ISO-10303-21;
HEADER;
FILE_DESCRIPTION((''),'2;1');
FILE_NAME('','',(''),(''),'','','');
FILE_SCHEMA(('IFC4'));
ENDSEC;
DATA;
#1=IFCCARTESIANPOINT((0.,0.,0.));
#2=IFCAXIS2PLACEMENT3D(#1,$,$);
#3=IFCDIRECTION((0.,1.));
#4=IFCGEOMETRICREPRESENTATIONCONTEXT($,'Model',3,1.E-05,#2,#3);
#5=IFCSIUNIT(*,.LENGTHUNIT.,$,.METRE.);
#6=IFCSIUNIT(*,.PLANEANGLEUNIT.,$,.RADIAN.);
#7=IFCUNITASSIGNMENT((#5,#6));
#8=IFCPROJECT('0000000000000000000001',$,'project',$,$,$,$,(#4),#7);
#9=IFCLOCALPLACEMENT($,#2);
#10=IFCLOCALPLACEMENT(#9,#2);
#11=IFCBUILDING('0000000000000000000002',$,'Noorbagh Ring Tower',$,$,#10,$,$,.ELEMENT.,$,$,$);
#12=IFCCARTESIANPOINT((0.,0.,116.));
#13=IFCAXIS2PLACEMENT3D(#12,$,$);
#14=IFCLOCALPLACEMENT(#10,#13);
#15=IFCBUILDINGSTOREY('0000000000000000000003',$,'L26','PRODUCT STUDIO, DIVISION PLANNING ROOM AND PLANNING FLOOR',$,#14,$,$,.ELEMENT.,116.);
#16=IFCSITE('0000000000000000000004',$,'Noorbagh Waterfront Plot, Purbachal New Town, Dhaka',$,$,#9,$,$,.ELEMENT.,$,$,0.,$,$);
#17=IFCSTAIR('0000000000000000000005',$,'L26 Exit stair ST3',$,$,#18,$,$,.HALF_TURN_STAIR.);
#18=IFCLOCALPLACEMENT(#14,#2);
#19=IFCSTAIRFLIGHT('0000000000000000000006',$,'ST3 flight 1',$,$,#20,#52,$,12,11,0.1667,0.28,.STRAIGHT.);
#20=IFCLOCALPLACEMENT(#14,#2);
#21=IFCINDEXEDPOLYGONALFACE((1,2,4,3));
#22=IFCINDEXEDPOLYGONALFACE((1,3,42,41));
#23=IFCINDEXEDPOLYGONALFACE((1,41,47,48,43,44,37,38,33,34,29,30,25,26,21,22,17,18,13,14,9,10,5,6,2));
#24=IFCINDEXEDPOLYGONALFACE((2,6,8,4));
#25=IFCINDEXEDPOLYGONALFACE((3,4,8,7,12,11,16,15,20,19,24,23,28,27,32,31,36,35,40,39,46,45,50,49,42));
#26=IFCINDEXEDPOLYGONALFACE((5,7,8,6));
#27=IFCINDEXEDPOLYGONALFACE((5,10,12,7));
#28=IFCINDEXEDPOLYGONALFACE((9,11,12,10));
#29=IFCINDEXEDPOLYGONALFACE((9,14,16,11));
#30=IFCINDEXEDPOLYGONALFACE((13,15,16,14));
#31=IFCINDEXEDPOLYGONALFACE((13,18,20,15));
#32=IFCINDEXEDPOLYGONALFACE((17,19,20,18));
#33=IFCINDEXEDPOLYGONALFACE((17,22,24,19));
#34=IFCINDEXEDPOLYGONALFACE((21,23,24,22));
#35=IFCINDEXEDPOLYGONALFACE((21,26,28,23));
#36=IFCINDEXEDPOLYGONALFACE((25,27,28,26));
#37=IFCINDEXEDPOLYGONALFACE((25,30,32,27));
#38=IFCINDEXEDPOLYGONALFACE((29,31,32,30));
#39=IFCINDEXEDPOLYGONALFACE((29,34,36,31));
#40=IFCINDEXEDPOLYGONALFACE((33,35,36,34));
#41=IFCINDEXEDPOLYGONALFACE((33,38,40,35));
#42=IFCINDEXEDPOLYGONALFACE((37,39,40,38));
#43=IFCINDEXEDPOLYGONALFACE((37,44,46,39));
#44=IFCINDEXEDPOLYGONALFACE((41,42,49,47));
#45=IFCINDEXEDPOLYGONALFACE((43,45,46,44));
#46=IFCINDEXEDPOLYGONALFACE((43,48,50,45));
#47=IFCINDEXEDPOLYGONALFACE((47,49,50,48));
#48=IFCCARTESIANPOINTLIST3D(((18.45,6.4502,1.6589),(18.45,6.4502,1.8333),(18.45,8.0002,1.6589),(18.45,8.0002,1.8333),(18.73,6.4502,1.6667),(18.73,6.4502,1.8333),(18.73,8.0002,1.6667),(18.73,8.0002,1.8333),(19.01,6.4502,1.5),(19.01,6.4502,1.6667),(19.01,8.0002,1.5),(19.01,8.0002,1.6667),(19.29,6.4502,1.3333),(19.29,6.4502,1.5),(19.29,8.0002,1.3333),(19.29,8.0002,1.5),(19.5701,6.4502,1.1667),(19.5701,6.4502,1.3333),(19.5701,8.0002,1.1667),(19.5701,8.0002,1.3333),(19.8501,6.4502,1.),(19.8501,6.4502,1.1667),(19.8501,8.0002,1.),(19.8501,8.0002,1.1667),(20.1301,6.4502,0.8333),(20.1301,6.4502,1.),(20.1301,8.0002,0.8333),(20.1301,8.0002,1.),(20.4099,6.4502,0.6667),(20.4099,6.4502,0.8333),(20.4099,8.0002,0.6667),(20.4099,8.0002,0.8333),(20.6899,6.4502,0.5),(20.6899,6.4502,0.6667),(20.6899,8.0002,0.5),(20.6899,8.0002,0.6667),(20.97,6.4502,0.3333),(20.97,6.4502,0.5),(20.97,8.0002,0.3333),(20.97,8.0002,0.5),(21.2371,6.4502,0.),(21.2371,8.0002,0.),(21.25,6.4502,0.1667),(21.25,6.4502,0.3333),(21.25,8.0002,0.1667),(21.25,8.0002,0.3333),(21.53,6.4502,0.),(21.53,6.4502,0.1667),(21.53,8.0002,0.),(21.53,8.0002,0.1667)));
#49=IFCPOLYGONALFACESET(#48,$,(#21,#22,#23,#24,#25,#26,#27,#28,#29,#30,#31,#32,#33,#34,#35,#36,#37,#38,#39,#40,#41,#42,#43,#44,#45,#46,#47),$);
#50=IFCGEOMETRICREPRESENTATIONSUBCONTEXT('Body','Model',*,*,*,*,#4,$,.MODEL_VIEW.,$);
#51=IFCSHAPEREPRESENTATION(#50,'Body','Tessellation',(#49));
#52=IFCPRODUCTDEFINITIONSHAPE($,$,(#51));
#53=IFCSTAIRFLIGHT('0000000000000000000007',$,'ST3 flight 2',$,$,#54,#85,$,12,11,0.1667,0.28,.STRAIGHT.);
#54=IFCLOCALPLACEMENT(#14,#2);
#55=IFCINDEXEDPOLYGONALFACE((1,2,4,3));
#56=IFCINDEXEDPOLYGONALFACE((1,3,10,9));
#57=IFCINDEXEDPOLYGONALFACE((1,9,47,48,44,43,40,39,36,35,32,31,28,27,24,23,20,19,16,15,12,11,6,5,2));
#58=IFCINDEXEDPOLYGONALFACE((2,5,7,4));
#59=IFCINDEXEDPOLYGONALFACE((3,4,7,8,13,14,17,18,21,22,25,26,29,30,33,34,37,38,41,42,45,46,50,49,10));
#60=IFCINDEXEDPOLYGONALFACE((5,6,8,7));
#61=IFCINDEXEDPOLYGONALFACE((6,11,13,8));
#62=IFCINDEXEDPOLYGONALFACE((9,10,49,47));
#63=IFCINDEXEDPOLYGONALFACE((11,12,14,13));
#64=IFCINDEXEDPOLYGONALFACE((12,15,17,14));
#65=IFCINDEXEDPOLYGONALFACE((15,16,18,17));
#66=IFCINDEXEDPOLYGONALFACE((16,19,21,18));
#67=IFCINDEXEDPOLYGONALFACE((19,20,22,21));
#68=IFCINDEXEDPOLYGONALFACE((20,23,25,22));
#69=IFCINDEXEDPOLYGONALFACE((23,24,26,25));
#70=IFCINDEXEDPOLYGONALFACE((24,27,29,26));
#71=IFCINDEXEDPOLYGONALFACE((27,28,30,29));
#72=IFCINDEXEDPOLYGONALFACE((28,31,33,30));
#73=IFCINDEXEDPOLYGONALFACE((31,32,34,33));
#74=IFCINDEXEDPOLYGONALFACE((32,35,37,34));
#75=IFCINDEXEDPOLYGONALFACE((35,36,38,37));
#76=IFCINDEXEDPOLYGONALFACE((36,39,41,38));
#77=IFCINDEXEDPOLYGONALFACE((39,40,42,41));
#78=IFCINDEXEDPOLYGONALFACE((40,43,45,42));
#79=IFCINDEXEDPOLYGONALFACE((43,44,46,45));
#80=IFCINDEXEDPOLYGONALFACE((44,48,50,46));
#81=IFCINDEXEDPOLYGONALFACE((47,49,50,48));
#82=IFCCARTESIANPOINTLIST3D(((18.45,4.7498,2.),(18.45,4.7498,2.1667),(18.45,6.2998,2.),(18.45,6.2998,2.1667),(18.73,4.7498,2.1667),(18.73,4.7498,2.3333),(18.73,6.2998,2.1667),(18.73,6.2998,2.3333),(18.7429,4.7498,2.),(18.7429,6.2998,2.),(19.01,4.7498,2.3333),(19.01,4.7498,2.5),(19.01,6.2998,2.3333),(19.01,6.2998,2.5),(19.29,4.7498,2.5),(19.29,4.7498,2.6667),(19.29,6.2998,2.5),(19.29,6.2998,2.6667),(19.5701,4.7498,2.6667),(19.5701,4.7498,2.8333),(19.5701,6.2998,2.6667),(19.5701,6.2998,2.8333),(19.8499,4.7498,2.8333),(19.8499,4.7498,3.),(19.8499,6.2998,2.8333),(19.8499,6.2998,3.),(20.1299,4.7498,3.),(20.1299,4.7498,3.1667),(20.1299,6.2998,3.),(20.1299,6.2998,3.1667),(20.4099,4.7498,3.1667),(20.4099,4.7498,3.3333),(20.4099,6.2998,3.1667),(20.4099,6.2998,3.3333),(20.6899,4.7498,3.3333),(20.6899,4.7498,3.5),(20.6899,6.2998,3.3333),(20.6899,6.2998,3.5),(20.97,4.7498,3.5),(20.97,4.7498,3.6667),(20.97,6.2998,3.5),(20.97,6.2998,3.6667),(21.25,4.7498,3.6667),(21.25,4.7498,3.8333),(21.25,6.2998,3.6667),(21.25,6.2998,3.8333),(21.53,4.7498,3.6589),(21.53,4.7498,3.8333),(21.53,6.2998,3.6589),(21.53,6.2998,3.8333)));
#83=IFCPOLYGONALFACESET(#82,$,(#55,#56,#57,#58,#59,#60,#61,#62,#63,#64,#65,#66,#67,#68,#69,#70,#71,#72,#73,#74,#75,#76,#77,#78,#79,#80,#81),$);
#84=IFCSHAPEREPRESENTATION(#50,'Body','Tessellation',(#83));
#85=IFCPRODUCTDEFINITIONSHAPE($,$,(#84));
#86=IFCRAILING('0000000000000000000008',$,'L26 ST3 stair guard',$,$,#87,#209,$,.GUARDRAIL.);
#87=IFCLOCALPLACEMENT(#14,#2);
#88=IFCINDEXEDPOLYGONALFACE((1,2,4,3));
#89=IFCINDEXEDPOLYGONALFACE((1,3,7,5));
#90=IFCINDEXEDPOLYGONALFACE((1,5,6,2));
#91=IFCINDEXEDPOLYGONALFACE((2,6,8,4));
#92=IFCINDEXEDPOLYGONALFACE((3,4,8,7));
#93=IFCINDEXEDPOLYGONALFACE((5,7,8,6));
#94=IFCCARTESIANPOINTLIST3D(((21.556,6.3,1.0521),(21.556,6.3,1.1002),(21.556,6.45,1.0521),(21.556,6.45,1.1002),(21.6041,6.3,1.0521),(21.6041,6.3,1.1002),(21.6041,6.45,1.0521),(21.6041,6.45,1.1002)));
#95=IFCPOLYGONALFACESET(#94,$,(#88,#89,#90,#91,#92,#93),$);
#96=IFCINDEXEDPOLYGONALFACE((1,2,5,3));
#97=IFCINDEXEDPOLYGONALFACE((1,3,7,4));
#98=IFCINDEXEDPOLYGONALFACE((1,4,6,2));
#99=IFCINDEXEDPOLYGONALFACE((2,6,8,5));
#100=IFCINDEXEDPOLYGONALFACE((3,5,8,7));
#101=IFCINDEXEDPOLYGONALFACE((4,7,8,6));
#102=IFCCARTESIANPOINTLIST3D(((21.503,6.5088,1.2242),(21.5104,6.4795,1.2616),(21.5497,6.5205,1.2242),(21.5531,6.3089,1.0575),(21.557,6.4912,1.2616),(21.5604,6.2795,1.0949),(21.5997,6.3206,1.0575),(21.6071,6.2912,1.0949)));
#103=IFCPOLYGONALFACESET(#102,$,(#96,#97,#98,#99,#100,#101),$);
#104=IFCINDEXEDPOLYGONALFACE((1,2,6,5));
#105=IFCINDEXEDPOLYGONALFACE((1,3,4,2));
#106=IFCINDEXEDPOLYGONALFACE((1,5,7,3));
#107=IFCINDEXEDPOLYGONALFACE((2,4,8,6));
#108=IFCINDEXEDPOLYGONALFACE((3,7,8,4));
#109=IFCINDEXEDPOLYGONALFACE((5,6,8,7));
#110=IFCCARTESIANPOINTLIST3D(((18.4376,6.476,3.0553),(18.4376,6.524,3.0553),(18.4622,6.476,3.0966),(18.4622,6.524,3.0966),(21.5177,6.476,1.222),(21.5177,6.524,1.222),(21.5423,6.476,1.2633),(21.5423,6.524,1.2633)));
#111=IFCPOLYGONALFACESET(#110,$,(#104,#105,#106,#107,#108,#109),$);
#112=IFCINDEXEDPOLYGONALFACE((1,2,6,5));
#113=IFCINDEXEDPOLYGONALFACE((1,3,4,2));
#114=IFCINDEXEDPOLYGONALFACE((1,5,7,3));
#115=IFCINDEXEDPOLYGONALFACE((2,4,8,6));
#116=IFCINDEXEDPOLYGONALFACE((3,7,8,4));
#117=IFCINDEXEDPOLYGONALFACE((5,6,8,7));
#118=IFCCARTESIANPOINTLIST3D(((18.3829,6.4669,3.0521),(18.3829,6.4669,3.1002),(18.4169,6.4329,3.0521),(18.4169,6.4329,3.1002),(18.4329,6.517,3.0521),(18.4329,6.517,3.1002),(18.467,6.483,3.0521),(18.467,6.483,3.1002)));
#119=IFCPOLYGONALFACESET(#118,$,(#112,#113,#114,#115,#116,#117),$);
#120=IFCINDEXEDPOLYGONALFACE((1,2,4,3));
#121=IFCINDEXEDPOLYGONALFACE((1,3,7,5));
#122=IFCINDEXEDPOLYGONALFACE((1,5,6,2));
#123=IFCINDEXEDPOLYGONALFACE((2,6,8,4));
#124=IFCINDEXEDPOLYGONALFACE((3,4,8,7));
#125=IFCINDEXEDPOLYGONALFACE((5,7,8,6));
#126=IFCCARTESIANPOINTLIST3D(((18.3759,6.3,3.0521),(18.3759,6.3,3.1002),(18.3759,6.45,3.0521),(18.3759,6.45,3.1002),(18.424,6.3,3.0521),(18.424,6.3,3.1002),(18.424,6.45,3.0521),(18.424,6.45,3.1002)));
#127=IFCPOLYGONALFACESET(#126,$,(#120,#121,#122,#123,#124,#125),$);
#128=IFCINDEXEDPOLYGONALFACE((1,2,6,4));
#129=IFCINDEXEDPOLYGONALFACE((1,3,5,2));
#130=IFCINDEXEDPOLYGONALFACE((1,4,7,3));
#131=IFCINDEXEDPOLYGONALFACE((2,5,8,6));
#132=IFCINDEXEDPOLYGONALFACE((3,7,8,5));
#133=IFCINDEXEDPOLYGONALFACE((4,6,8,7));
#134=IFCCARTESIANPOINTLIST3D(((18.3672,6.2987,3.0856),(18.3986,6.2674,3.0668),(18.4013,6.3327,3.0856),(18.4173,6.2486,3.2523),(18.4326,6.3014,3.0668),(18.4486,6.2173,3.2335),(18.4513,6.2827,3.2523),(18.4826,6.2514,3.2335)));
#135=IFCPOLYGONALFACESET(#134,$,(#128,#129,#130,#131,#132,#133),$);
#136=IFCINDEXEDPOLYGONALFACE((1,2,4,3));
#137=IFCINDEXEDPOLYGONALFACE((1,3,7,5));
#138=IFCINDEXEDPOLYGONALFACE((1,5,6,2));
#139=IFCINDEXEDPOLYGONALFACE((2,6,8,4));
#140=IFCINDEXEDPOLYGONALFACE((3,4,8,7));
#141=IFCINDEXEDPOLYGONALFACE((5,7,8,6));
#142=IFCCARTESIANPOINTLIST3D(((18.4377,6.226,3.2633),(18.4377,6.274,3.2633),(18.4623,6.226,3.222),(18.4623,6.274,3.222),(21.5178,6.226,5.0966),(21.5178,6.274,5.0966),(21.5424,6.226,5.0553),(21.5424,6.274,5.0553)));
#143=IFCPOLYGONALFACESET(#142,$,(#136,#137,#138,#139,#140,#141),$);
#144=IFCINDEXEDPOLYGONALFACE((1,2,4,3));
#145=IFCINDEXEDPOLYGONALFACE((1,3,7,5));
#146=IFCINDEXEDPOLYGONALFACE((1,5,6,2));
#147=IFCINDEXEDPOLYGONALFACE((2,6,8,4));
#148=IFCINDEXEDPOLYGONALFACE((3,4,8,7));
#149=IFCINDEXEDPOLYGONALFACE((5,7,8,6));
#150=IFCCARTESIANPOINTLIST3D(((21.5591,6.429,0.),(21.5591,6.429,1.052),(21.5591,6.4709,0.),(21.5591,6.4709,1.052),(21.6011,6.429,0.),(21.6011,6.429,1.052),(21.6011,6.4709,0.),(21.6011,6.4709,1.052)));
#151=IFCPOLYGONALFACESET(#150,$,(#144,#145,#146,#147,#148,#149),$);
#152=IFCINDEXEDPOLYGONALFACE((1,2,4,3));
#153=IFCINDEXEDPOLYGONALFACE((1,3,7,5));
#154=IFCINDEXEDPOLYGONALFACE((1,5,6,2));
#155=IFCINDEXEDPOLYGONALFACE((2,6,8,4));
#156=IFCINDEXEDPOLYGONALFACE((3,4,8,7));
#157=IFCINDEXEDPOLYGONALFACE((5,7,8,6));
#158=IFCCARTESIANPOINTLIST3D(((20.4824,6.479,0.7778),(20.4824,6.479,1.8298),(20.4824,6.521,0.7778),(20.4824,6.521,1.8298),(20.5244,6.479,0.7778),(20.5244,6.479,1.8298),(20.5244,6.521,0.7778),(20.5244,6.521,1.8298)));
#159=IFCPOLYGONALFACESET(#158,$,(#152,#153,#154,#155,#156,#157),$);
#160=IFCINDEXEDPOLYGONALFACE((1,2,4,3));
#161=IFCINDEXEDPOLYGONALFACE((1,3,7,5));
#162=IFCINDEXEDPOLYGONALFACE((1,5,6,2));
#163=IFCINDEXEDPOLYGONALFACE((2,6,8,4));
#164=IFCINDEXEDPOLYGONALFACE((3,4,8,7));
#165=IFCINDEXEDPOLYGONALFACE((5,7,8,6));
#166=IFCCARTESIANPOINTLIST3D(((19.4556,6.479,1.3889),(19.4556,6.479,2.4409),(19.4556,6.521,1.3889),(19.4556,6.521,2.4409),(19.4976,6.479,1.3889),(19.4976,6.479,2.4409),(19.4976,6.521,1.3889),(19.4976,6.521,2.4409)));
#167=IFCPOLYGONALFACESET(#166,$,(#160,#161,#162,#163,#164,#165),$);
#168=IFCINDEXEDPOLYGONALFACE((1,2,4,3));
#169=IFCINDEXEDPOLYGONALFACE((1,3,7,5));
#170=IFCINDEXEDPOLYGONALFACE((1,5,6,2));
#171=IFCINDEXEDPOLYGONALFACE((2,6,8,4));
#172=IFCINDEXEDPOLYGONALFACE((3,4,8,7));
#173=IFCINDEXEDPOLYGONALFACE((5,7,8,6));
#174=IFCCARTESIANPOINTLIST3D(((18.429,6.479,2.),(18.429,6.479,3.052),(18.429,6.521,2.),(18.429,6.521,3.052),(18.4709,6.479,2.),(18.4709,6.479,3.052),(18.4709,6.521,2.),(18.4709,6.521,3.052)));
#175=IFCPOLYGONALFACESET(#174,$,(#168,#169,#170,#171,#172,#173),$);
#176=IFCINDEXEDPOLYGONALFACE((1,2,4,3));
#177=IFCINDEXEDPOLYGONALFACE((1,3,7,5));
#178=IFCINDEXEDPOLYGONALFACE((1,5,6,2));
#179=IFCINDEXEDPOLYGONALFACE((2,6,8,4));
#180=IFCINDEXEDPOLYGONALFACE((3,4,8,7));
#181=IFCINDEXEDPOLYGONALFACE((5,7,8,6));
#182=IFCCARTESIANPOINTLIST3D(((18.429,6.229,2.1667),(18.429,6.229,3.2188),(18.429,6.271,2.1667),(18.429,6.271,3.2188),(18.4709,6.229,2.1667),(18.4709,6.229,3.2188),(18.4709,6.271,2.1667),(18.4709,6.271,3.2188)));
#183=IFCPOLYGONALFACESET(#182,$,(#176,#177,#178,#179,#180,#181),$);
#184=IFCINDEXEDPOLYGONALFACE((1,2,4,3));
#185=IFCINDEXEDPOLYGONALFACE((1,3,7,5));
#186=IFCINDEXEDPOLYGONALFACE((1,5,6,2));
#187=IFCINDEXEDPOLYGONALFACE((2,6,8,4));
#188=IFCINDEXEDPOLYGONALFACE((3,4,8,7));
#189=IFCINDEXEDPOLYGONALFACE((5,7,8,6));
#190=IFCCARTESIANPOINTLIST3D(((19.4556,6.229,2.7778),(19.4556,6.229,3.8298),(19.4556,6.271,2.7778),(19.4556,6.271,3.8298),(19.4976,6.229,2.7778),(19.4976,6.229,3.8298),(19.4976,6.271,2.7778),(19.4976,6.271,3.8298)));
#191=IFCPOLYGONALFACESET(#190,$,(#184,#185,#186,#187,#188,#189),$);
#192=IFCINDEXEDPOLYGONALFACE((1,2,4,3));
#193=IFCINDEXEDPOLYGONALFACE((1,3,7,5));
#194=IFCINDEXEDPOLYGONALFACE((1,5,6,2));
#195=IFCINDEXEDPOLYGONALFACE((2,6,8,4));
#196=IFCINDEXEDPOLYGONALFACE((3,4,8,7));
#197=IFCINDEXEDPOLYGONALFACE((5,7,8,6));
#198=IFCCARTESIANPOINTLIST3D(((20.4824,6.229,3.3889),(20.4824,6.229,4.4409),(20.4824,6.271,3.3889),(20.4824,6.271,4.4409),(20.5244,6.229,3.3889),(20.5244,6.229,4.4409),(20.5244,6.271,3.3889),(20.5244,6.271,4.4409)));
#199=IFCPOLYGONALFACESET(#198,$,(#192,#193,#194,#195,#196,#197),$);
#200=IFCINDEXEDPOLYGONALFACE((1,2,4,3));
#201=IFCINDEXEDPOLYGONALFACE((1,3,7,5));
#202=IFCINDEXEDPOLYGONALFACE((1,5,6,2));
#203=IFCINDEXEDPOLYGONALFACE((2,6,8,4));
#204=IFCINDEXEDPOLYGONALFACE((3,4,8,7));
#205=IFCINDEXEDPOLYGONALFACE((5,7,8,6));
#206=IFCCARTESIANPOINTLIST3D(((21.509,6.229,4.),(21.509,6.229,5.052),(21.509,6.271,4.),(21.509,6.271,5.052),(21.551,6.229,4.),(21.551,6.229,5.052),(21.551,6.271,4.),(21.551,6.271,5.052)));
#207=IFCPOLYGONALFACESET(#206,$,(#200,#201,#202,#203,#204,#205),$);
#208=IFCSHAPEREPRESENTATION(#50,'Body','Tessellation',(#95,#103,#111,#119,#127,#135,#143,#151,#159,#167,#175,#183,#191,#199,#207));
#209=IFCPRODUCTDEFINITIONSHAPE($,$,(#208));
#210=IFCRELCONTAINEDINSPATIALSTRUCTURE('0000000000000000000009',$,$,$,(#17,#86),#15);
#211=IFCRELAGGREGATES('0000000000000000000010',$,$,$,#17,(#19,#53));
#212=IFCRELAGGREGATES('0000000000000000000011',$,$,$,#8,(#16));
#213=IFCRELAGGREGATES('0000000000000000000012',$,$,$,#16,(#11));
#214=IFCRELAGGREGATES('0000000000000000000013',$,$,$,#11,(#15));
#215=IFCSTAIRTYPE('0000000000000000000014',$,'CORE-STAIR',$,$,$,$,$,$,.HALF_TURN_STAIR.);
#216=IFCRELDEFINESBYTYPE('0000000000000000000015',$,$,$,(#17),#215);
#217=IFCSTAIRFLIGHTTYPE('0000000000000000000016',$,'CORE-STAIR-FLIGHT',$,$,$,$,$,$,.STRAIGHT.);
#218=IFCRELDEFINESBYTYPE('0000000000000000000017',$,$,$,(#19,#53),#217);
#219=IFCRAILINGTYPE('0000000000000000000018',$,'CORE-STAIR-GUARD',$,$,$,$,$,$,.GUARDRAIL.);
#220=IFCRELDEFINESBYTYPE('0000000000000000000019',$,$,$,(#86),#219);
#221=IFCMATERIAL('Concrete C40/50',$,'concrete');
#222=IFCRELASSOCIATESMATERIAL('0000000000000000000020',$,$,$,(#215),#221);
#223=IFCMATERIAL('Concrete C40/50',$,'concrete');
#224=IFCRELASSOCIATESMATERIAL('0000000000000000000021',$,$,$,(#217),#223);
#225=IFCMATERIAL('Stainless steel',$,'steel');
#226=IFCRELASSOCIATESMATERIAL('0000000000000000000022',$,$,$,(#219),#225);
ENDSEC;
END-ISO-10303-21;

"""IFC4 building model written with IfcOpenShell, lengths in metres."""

from ifc_helpers import new_model, si_unit, direction, frame, origin, origin_2d, place, context, subcontext, project, spatial, polyline, rectangle, outline, extrude, material, type_object, element, aggregate, save


model = new_model("IFC4")

# Units and contexts
model_context = context("Model", 3, precision=1e-05, world=origin(), true_north=direction((0.0, 1.0)))
body_context = subcontext(model_context, "Body", "Model", "MODEL_VIEW")
ifc_project = project(units=[si_unit("LENGTHUNIT", "METRE"), si_unit("PLANEANGLEUNIT", "RADIAN")], contexts=[model_context])

# Site, building, storey
site_placement = place(None, origin())
site = spatial("IfcSite", under=ifc_project, at=site_placement, Name="Noorbagh Waterfront Plot, Purbachal New Town, Dhaka", CompositionType="ELEMENT", RefElevation=0.0)
building_placement = place(site_placement, origin())
building = spatial("IfcBuilding", under=site, at=building_placement, Name="Noorbagh Ring Tower", CompositionType="ELEMENT")
storey_placement = place(building_placement, frame((0.0, 0.0, 116.0)))
storey = spatial("IfcBuildingStorey", under=building, at=storey_placement, Name="L26", Description="PRODUCT STUDIO, DIVISION PLANNING ROOM AND PLANNING FLOOR", CompositionType="ELEMENT", Elevation=116.0)

# Stair, stair flights
ifc_material_1 = material(Name="Concrete C40/50", Category="concrete")
stair_type = type_object("IfcStairType", Name="CORE-STAIR", PredefinedType="HALF_TURN_STAIR", material=ifc_material_1)
stair_placement = place(storey_placement, origin())
stair = element("IfcStair", 1, at=stair_placement, inside=storey, type_object=stair_type, Name="L26 Exit stair ST3", PredefinedType="HALF_TURN_STAIR")
ifc_material_2 = material(Name="Concrete C40/50", Category="concrete")
stair_flight_type = type_object("IfcStairFlightType", Name="CORE-STAIR-FLIGHT", PredefinedType="STRAIGHT", material=ifc_material_2)
stair_flight_1_placement = place(storey_placement, frame((21.53, 7.2251, 0.0), z_axis=(0.0, 0.0, 1.0), x_axis=(-1.0, 0.0, 0.0)))
stair_flight_1 = element("IfcStairFlight", 2, at=stair_flight_1_placement, type_object=stair_flight_type, Name="ST3 flight 1", NumberOfRisers=12, NumberOfTreads=11, PredefinedType="STRAIGHT", RiserHeight=0.1667, TreadLength=0.28, context=body_context, shape_type="SweptSolid", body=[
    extrude(outline(polyline([(0.0, 0.0), (0.0, 0.1667), (0.28, 0.1667), (0.28, 0.3333), (0.5601, 0.3333), (0.5601, 0.5), (0.8401, 0.5), (0.8401, 0.6667), (1.1201, 0.6667), (1.1201, 0.8333), (1.3999, 0.8333), (1.3999, 1.0), (1.6799, 1.0), (1.6799, 1.1667), (1.96, 1.1667), (1.96, 1.3333), (2.24, 1.3333), (2.24, 1.5), (2.52, 1.5), (2.52, 1.6667), (2.8, 1.6667), (2.8, 1.8333), (3.0801, 1.8333), (3.0801, 2.0), (3.0801, 1.6589), (0.293, 0.0), (0.0, 0.0)])), frame((0.0, 0.7749, 0.0), z_axis=(0.0, -1.0, 0.0), x_axis=(1.0, 0.0, 0.0)), (0.0, 0.0, 1.0), 1.55),
])
stair_flight_2_placement = place(storey_placement, frame((18.45, 5.5249, 2.0), z_axis=(0.0, 0.0, 1.0), x_axis=(1.0, 0.0, 0.0)))
stair_flight_2 = element("IfcStairFlight", 3, at=stair_flight_2_placement, type_object=stair_flight_type, Name="ST3 flight 2", NumberOfRisers=12, NumberOfTreads=11, PredefinedType="STRAIGHT", RiserHeight=0.1667, TreadLength=0.28, context=body_context, shape_type="SweptSolid", body=[
    extrude(outline(polyline([(0.0, 0.0), (0.0, 0.1667), (0.28, 0.1667), (0.28, 0.3333), (0.5601, 0.3333), (0.5601, 0.5), (0.8401, 0.5), (0.8401, 0.6667), (1.1201, 0.6667), (1.1201, 0.8333), (1.3999, 0.8333), (1.3999, 1.0), (1.6799, 1.0), (1.6799, 1.1667), (1.96, 1.1667), (1.96, 1.3333), (2.24, 1.3333), (2.24, 1.5), (2.52, 1.5), (2.52, 1.6667), (2.8, 1.6667), (2.8, 1.8333), (3.0801, 1.8333), (3.0801, 2.0), (3.0801, 1.6589), (0.293, 0.0), (0.0, 0.0)])), frame((0.0, 0.7749, 0.0), z_axis=(0.0, -1.0, 0.0), x_axis=(1.0, 0.0, 0.0)), (0.0, 0.0, 1.0), 1.55),
])
aggregate(stair, [stair_flight_1, stair_flight_2])

# Railing
ifc_material_3 = material(Name="Stainless steel", Category="steel")
railing_type_1 = type_object("IfcRailingType", Name="CORE-STAIR-GUARD", PredefinedType="GUARDRAIL", material=ifc_material_3)
railing_1_placement = place(storey_placement, frame((21.5801, 6.45, 0.0)))
element("IfcRailing", 4, at=railing_1_placement, inside=storey, type_object=railing_type_1, Name="L26 ST3 stair guard", PredefinedType="GUARDRAIL", context=body_context, shape_type="SweptSolid", body=[
    extrude(rectangle(XDim=0.0481, YDim=0.0481, at=origin_2d()), frame((0.0, 0.0, 1.0762), z_axis=(0.0, -1.0, 0.0), x_axis=(1.0, 0.0, 0.0)), (0.0, 0.0, 1.0), 0.1499),
    extrude(rectangle(XDim=0.0481, YDim=0.0481, at=origin_2d()), frame((0.0, -0.1499, 1.0762), z_axis=(-0.188776, 0.754182, 0.628946), x_axis=(-0.970073, -0.242814, 0.0)), (0.0, 0.0, 1.0), 0.2651),
    extrude(rectangle(XDim=0.0481, YDim=0.0481, at=origin_2d()), frame((-0.05, 0.05, 1.2427), z_axis=(-0.859309, 0.0, 0.511458), x_axis=(0.0, -1.0, 0.0)), (0.0, 0.0, 1.0), 3.5845),
    extrude(rectangle(XDim=0.0481, YDim=0.0481, at=origin_2d()), frame((-3.1301, 0.05, 3.0762), z_axis=(-0.707107, -0.707107, 0.0), x_axis=(0.707107, -0.707107, 0.0)), (0.0, 0.0, 1.0), 0.0708),
    extrude(rectangle(XDim=0.0481, YDim=0.0481, at=origin_2d()), frame((-3.1802, 0.0, 3.0762), z_axis=(0.0, -1.0, 0.0), x_axis=(1.0, 0.0, 0.0)), (0.0, 0.0, 1.0), 0.1499),
    extrude(rectangle(XDim=0.0481, YDim=0.0481, at=origin_2d()), frame((-3.1802, -0.1499, 3.0762), z_axis=(0.276287, -0.276287, 0.920506), x_axis=(0.707107, 0.707107, 0.0)), (0.0, 0.0, 1.0), 0.1812),
    extrude(rectangle(XDim=0.0481, YDim=0.0481, at=origin_2d()), frame((-3.1301, -0.2, 3.2427), z_axis=(0.859309, 0.0, 0.511458), x_axis=(0.0, 1.0, 0.0)), (0.0, 0.0, 1.0), 3.5845),
    extrude(rectangle(XDim=0.042, YDim=0.042, at=origin_2d()), origin(), (0.0, 0.0, 1.0), 1.052),
    extrude(rectangle(XDim=0.042, YDim=0.042, at=origin_2d()), frame((-1.0767, 0.05, 0.7778)), (0.0, 0.0, 1.0), 1.052),
    extrude(rectangle(XDim=0.042, YDim=0.042, at=origin_2d()), frame((-2.1035, 0.05, 1.3889)), (0.0, 0.0, 1.0), 1.052),
    extrude(rectangle(XDim=0.042, YDim=0.042, at=origin_2d()), frame((-3.1301, 0.05, 2.0)), (0.0, 0.0, 1.0), 1.052),
    extrude(rectangle(XDim=0.042, YDim=0.042, at=origin_2d()), frame((-3.1301, -0.2, 2.1667)), (0.0, 0.0, 1.0), 1.052),
    extrude(rectangle(XDim=0.042, YDim=0.042, at=origin_2d()), frame((-2.1035, -0.2, 2.7778)), (0.0, 0.0, 1.0), 1.052),
    extrude(rectangle(XDim=0.042, YDim=0.042, at=origin_2d()), frame((-1.0767, -0.2, 3.3889)), (0.0, 0.0, 1.0), 1.052),
    extrude(rectangle(XDim=0.042, YDim=0.042, at=origin_2d()), frame((-0.05, -0.2, 4.0)), (0.0, 0.0, 1.0), 1.052),
])

save(model, "model.ifc")
